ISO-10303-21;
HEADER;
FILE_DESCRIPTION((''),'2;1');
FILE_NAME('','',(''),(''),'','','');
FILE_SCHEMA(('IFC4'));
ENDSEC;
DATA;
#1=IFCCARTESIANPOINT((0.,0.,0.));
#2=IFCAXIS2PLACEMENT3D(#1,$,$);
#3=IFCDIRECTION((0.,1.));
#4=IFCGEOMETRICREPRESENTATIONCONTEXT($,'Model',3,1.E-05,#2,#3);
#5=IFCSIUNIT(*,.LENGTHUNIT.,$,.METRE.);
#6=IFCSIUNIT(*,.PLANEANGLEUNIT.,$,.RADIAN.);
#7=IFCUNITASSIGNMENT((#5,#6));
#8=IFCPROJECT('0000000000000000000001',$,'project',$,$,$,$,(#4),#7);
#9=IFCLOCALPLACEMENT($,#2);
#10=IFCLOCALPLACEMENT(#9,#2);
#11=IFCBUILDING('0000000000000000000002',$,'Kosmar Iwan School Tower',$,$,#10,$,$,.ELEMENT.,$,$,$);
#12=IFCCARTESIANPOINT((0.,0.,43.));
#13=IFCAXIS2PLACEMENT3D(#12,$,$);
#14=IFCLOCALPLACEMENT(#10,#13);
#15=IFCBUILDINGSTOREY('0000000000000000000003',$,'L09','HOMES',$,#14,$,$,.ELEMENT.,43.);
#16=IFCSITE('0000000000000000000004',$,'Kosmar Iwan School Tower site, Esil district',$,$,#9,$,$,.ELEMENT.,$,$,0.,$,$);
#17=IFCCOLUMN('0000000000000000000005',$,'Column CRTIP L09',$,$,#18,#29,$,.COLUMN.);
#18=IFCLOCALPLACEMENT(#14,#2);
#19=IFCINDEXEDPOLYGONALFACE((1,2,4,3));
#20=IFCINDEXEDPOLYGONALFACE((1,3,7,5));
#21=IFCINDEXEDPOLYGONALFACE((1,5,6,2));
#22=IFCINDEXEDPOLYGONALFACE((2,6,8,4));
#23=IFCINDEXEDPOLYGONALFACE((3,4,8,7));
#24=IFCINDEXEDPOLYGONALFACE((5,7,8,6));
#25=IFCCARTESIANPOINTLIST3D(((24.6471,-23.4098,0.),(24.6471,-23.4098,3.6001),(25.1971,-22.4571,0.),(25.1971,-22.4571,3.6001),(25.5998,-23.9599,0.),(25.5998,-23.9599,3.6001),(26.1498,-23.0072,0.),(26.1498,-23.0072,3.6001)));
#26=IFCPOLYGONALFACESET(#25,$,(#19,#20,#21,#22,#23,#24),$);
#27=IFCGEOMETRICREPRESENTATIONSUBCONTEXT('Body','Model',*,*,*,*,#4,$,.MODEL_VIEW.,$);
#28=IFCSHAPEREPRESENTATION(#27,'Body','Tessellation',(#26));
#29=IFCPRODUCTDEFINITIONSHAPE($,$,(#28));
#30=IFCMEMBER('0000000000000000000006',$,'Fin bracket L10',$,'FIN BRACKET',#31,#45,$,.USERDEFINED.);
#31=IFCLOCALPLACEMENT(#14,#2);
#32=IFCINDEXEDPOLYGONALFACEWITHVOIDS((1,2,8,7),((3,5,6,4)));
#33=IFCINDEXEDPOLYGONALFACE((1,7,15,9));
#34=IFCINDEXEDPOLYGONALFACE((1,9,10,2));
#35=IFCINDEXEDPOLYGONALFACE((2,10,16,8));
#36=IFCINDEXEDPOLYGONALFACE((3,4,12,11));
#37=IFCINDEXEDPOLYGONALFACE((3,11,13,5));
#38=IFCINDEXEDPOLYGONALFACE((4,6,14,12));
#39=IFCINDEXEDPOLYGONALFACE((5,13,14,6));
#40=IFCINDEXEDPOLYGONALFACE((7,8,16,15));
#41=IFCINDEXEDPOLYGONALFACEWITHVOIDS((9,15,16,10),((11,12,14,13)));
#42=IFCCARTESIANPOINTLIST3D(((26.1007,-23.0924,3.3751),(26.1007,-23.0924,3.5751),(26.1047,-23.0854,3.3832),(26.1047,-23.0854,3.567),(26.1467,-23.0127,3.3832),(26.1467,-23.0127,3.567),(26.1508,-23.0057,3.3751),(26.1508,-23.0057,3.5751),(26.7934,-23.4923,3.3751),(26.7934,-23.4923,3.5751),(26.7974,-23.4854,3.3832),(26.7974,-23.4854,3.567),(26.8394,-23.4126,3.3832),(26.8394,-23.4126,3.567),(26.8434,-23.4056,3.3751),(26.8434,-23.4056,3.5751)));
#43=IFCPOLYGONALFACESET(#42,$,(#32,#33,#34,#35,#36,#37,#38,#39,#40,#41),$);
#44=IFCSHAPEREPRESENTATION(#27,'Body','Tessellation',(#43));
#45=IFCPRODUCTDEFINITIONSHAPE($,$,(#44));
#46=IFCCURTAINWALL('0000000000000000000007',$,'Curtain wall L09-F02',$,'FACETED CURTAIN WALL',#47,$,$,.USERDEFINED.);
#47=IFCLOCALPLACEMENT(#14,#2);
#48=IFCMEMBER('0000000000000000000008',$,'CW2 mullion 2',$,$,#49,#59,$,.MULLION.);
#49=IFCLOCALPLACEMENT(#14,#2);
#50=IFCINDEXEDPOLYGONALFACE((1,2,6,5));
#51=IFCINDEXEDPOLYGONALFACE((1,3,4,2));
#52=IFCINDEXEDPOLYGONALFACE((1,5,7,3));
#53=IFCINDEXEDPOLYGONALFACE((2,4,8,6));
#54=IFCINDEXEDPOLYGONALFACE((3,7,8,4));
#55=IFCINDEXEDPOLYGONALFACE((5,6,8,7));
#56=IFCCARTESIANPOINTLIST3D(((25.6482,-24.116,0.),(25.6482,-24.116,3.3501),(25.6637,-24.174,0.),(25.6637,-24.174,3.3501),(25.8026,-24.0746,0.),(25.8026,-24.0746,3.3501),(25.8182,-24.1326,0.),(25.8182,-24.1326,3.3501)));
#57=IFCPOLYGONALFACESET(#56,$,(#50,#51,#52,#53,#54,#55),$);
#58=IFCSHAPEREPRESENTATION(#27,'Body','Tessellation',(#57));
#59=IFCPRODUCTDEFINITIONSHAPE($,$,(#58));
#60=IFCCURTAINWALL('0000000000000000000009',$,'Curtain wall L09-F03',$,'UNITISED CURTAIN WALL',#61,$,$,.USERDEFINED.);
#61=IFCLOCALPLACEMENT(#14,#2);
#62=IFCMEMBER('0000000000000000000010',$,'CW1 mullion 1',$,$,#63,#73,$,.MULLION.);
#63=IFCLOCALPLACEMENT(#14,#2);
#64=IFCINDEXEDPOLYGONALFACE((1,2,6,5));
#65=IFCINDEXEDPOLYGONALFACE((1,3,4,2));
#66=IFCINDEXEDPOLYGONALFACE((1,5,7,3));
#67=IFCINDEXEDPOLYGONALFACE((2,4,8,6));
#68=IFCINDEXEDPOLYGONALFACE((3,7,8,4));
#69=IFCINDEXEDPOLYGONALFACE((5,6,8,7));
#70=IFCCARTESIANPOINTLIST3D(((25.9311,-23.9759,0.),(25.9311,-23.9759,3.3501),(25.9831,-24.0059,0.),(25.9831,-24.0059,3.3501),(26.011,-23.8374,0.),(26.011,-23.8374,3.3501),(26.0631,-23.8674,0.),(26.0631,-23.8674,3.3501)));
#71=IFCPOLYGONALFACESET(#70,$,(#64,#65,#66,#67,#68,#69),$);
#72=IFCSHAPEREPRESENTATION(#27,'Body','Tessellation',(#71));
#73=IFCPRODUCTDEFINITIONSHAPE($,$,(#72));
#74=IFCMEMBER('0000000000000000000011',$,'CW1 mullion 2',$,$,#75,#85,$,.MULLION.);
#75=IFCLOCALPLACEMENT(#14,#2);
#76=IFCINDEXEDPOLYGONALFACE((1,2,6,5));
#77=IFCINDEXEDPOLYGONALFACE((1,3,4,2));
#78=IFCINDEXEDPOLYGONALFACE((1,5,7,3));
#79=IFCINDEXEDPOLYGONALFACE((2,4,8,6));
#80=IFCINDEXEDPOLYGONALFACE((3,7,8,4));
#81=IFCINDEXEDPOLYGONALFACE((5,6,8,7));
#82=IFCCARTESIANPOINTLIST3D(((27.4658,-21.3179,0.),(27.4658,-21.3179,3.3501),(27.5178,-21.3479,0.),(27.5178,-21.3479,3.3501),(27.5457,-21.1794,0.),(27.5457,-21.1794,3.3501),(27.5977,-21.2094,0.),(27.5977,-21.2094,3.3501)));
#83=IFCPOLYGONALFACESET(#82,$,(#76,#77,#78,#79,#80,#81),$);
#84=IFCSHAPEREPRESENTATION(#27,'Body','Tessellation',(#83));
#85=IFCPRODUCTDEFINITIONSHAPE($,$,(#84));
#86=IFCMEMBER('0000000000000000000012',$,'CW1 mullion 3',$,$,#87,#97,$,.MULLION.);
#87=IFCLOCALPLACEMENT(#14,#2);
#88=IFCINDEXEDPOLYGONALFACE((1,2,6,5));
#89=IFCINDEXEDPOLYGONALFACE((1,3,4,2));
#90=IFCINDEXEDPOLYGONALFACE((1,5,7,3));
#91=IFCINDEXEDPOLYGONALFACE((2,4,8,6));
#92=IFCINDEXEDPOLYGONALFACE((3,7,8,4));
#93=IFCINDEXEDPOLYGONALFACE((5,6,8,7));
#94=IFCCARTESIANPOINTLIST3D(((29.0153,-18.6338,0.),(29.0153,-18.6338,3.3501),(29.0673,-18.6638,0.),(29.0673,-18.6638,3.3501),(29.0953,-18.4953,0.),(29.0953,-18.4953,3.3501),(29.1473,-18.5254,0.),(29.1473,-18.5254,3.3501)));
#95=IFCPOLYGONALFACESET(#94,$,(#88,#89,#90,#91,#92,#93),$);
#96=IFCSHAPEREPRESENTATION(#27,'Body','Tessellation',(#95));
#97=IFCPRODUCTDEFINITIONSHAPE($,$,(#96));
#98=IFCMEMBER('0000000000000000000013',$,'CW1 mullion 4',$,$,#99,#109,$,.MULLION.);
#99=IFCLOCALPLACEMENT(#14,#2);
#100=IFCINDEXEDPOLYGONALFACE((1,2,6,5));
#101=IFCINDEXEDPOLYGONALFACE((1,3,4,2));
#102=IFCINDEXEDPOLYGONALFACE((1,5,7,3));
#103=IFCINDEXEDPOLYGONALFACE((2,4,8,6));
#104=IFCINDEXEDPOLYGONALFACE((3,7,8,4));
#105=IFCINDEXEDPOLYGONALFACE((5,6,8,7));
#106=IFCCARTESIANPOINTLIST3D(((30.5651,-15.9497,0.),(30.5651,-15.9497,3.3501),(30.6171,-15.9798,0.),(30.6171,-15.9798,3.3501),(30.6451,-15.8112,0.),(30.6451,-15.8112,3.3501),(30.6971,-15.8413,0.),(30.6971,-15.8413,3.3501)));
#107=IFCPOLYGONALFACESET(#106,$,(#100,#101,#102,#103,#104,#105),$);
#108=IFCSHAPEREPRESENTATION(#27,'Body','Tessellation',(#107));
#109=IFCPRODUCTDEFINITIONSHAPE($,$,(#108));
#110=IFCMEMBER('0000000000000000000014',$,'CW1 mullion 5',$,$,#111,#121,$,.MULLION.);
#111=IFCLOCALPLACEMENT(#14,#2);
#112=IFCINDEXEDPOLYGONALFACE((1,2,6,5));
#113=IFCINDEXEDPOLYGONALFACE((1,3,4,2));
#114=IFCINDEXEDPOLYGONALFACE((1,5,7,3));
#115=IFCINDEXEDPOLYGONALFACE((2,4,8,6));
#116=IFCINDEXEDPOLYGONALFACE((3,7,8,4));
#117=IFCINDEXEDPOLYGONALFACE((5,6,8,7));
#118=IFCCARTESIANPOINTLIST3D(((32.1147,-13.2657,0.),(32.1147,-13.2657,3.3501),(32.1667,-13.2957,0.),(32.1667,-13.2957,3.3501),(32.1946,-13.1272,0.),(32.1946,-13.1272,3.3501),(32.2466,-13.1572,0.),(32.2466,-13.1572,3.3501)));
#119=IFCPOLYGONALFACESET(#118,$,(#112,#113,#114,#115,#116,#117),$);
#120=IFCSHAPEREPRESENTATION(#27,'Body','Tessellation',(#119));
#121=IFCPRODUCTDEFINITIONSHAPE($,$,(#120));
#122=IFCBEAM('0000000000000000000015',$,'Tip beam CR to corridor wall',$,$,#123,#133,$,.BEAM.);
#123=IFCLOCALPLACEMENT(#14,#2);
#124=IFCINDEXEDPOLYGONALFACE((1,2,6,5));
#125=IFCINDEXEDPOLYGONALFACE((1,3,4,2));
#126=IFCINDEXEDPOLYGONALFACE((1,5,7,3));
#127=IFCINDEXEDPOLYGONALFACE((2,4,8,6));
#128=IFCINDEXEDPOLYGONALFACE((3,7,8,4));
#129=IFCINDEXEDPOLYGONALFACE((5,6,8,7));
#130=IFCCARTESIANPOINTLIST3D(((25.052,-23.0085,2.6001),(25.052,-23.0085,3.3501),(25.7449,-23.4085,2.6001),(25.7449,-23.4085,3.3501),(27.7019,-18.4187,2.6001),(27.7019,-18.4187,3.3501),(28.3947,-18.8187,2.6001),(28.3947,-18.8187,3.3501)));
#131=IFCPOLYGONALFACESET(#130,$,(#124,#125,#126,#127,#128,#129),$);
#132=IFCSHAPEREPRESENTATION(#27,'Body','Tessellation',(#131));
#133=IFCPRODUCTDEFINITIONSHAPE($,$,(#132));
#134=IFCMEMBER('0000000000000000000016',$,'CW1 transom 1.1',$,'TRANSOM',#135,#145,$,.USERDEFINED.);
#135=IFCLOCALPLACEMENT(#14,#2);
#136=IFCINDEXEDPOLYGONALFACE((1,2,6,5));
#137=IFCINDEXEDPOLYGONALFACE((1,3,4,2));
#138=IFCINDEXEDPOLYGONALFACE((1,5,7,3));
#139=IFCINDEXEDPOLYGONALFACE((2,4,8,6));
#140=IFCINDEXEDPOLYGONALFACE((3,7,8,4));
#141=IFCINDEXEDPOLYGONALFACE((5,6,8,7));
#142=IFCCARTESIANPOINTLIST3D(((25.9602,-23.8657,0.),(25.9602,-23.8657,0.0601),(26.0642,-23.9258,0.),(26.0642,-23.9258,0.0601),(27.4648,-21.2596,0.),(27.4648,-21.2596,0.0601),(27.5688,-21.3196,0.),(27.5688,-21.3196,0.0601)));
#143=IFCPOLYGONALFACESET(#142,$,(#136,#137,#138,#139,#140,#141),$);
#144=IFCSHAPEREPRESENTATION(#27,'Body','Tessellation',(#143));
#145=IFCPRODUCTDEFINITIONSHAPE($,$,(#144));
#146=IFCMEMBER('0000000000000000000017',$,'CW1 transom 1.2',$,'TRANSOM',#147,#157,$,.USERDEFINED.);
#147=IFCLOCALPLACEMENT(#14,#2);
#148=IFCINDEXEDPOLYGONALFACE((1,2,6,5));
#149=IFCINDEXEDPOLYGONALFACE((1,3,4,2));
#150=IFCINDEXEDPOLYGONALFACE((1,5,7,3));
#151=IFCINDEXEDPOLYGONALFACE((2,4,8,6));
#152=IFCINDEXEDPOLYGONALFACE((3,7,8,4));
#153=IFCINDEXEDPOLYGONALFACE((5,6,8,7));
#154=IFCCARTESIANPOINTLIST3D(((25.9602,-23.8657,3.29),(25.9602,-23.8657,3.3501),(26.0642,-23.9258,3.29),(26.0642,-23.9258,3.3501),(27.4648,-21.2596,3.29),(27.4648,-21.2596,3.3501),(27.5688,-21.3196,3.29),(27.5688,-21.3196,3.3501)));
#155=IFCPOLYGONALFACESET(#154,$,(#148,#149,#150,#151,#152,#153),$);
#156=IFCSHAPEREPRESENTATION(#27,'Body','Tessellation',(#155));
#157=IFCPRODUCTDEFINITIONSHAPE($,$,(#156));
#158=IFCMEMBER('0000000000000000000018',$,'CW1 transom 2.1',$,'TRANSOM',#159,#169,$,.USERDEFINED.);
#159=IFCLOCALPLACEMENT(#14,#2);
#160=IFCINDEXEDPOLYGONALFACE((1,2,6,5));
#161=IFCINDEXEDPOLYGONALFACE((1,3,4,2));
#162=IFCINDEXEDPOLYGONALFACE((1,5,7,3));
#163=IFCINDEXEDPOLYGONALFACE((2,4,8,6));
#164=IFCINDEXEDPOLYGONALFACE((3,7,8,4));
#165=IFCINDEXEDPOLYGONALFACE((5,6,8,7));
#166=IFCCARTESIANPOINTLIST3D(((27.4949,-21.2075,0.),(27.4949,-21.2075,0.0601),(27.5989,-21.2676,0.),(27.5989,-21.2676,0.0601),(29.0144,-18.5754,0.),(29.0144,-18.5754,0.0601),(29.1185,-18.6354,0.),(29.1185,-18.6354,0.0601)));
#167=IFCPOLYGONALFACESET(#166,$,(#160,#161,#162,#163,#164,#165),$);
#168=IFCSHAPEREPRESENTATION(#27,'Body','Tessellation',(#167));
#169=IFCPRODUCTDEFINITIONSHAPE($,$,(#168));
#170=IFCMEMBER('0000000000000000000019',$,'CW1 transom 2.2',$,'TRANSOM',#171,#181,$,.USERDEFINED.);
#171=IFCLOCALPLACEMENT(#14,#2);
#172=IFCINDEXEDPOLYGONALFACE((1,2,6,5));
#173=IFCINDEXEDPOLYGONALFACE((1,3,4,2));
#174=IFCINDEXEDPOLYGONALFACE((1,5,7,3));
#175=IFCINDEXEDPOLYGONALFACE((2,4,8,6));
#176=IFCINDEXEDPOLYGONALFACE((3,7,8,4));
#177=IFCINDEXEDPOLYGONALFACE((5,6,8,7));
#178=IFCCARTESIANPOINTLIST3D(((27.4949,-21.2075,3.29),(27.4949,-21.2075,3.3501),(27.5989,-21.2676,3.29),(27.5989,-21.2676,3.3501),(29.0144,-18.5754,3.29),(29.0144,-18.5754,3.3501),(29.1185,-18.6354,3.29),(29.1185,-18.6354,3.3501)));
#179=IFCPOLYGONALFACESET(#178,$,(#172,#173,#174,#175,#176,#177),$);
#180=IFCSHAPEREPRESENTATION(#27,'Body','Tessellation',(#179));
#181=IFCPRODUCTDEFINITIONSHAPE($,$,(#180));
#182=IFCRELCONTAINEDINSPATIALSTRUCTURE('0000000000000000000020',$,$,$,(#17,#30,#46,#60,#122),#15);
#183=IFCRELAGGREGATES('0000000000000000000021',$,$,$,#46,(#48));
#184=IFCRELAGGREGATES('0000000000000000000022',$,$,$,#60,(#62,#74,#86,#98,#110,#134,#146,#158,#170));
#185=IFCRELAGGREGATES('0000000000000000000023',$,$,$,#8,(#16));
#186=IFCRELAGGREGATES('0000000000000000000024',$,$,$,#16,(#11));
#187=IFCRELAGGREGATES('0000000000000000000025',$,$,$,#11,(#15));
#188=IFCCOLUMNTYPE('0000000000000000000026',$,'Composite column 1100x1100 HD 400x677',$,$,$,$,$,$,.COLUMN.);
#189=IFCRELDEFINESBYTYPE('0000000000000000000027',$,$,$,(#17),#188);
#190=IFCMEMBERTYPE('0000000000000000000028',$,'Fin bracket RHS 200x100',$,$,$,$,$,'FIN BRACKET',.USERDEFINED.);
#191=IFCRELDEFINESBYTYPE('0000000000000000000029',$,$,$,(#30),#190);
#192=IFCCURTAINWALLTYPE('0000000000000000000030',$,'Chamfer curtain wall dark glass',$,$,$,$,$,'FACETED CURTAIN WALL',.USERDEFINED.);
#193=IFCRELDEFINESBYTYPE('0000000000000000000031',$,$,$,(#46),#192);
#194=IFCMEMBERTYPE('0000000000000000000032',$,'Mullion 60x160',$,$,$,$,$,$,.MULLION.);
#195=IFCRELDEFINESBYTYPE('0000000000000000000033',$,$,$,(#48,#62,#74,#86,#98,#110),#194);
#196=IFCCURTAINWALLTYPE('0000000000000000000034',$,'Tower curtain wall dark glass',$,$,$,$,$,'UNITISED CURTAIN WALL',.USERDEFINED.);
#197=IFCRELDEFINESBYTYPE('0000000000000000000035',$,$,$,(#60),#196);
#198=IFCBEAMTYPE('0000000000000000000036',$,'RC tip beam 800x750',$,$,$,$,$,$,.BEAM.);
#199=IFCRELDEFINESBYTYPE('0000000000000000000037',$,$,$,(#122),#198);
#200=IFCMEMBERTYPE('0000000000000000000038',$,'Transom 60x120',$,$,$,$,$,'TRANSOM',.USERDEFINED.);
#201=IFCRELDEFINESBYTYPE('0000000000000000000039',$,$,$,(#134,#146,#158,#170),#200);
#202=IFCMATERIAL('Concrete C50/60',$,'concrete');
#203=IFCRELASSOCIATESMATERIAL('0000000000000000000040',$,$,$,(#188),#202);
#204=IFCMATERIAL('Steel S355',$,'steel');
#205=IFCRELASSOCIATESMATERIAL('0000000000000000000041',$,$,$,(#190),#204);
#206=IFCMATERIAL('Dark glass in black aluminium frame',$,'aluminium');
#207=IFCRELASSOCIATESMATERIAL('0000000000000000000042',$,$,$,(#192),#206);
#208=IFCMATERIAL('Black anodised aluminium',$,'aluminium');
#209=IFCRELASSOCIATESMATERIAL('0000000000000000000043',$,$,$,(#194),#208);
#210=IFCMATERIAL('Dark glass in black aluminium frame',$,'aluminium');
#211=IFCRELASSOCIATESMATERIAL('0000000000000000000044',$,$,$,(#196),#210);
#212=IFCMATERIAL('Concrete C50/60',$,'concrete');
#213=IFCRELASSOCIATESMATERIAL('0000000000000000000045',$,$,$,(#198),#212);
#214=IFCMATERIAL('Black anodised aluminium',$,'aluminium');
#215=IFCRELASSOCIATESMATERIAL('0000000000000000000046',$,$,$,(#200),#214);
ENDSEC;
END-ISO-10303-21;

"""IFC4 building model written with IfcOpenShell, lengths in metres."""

from ifc_helpers import new_model, si_unit, direction, frame, origin, origin_2d, place, context, subcontext, project, spatial, rectangle, hollow_rectangle, extrude, material, material_profile, profile_set, type_object, element, aggregate, save


model = new_model("IFC4")

# Units and contexts
model_context = context("Model", 3, precision=1e-05, world=origin(), true_north=direction((0.0, 1.0)))
body_context = subcontext(model_context, "Body", "Model", "MODEL_VIEW")
ifc_project = project(units=[si_unit("LENGTHUNIT", "METRE"), si_unit("PLANEANGLEUNIT", "RADIAN")], contexts=[model_context])

# Site, building, storey
site_placement = place(None, origin())
site = spatial("IfcSite", under=ifc_project, at=site_placement, Name="Kosmar Iwan School Tower site, Esil district", CompositionType="ELEMENT", RefElevation=0.0)
building_placement = place(site_placement, origin())
building = spatial("IfcBuilding", under=site, at=building_placement, Name="Kosmar Iwan School Tower", CompositionType="ELEMENT")
storey_placement = place(building_placement, frame((0.0, 0.0, 43.0)))
storey = spatial("IfcBuildingStorey", under=building, at=storey_placement, Name="L09", Description="HOMES", CompositionType="ELEMENT", Elevation=43.0)

# Column
ifc_material_1 = material(Name="Concrete C50/60", Category="concrete")
ifc_material_profile_1 = material_profile(ifc_material_1, rectangle(XDim=1.1001, YDim=1.1001, at=origin_2d()), Name="RC 1100x1100 + HD 400x677")
ifc_profile_set_1 = profile_set([ifc_material_profile_1], Name="Concrete C50/60")
column_type = type_object("IfcColumnType", Name="Composite column 1100x1100 HD 400x677", PredefinedType="COLUMN", material=ifc_profile_set_1)
column_placement = place(storey_placement, frame((25.3984, -23.2085, 0.0), z_axis=(0.0, 0.0, 1.0), x_axis=(0.866025, -0.5, 0.0)))
element("IfcColumn", 1, at=column_placement, inside=storey, type_object=column_type, Name="Column CRTIP L09", PredefinedType="COLUMN", context=body_context, shape_type="SweptSolid", body=[
    extrude(rectangle(XDim=1.1001, YDim=1.1001, at=origin_2d()), origin(), (0.0, 0.0, 1.0), 3.6001),
])

# Member
ifc_material_2 = material(Name="Steel S355", Category="steel")
ifc_material_profile_2 = material_profile(ifc_material_2, hollow_rectangle(XDim=0.1001, YDim=0.2, WallThickness=0.0081, at=origin_2d()), Name="RHS 200x100x8")
ifc_profile_set_2 = profile_set([ifc_material_profile_2], Name="Steel S355")
member_type_1 = type_object("IfcMemberType", Name="Fin bracket RHS 200x100", ElementType="FIN BRACKET", PredefinedType="USERDEFINED", material=ifc_profile_set_2)
member_1_placement = place(storey_placement, frame((26.1257, -23.0491, 3.4751), z_axis=(0.866018, -0.500013, 0.0), x_axis=(0.500013, 0.866018, 0.0)))
element("IfcMember", 2, at=member_1_placement, inside=storey, type_object=member_type_1, Name="Fin bracket L10", ObjectType="FIN BRACKET", PredefinedType="USERDEFINED", context=body_context, shape_type="SweptSolid", body=[
    extrude(hollow_rectangle(XDim=0.1001, YDim=0.2, WallThickness=0.0081, at=origin_2d()), origin(), (0.0, 0.0, 1.0), 0.7998),
])

# Curtain wall, member
ifc_material_3 = material(Name="Dark glass in black aluminium frame", Category="aluminium")
curtain_wall_type_1 = type_object("IfcCurtainWallType", Name="Chamfer curtain wall dark glass", ElementType="FACETED CURTAIN WALL", PredefinedType="USERDEFINED", material=ifc_material_3)
curtain_wall_1_placement = place(storey_placement, origin())
curtain_wall_1 = element("IfcCurtainWall", 3, at=curtain_wall_1_placement, inside=storey, type_object=curtain_wall_type_1, Name="Curtain wall L09-F02", ObjectType="FACETED CURTAIN WALL", PredefinedType="USERDEFINED")
ifc_material_4 = material(Name="Black anodised aluminium", Category="aluminium")
ifc_material_profile_3 = material_profile(ifc_material_4, rectangle(XDim=0.0601, YDim=0.1599, at=origin_2d()), Name="MULLION 60x160")
ifc_profile_set_3 = profile_set([ifc_material_profile_3], Name="Black anodised aluminium")
member_type_2 = type_object("IfcMemberType", Name="Mullion 60x160", PredefinedType="MULLION", material=ifc_profile_set_3)
member_2_placement = place(storey_placement, frame((25.7332, -24.1243, 0.0), z_axis=(0.0, 0.0, 1.0), x_axis=(-0.258819, 0.965926, 0.0)))
member_2 = element("IfcMember", 4, at=member_2_placement, type_object=member_type_2, Name="CW2 mullion 2", PredefinedType="MULLION", context=body_context, shape_type="SweptSolid", body=[
    extrude(rectangle(XDim=0.0601, YDim=0.1599, at=origin_2d()), origin(), (0.0, 0.0, 1.0), 3.3501),
])

# Curtain wall, members
ifc_material_5 = material(Name="Dark glass in black aluminium frame", Category="aluminium")
curtain_wall_type_2 = type_object("IfcCurtainWallType", Name="Tower curtain wall dark glass", ElementType="UNITISED CURTAIN WALL", PredefinedType="USERDEFINED", material=ifc_material_5)
curtain_wall_2_placement = place(storey_placement, origin())
curtain_wall_2 = element("IfcCurtainWall", 5, at=curtain_wall_2_placement, inside=storey, type_object=curtain_wall_type_2, Name="Curtain wall L09-F03", ObjectType="UNITISED CURTAIN WALL", PredefinedType="USERDEFINED")
member_3_placement = place(storey_placement, frame((25.9971, -23.9216, 0.0), z_axis=(0.0, 0.0, 1.0), x_axis=(-0.866025, 0.5, 0.0)))
member_3 = element("IfcMember", 6, at=member_3_placement, type_object=member_type_2, Name="CW1 mullion 1", PredefinedType="MULLION", context=body_context, shape_type="SweptSolid", body=[
    extrude(rectangle(XDim=0.0601, YDim=0.1599, at=origin_2d()), origin(), (0.0, 0.0, 1.0), 3.3501),
])
member_4_placement = place(storey_placement, frame((27.5317, -21.2637, 0.0), z_axis=(0.0, 0.0, 1.0), x_axis=(-0.866025, 0.5, 0.0)))
member_4 = element("IfcMember", 7, at=member_4_placement, type_object=member_type_2, Name="CW1 mullion 2", PredefinedType="MULLION", context=body_context, shape_type="SweptSolid", body=[
    extrude(rectangle(XDim=0.0601, YDim=0.1599, at=origin_2d()), origin(), (0.0, 0.0, 1.0), 3.3501),
])
member_5_placement = place(storey_placement, frame((29.0813, -18.5796, 0.0), z_axis=(0.0, 0.0, 1.0), x_axis=(-0.866025, 0.5, 0.0)))
member_5 = element("IfcMember", 8, at=member_5_placement, type_object=member_type_2, Name="CW1 mullion 3", PredefinedType="MULLION", context=body_context, shape_type="SweptSolid", body=[
    extrude(rectangle(XDim=0.0601, YDim=0.1599, at=origin_2d()), origin(), (0.0, 0.0, 1.0), 3.3501),
])
member_6_placement = place(storey_placement, frame((30.6311, -15.8955, 0.0), z_axis=(0.0, 0.0, 1.0), x_axis=(-0.866025, 0.5, 0.0)))
member_6 = element("IfcMember", 9, at=member_6_placement, type_object=member_type_2, Name="CW1 mullion 4", PredefinedType="MULLION", context=body_context, shape_type="SweptSolid", body=[
    extrude(rectangle(XDim=0.0601, YDim=0.1599, at=origin_2d()), origin(), (0.0, 0.0, 1.0), 3.3501),
])
member_7_placement = place(storey_placement, frame((32.1807, -13.2114, 0.0), z_axis=(0.0, 0.0, 1.0), x_axis=(-0.866025, 0.5, 0.0)))
member_7 = element("IfcMember", 10, at=member_7_placement, type_object=member_type_2, Name="CW1 mullion 5", PredefinedType="MULLION", context=body_context, shape_type="SweptSolid", body=[
    extrude(rectangle(XDim=0.0601, YDim=0.1599, at=origin_2d()), origin(), (0.0, 0.0, 1.0), 3.3501),
])

# Beam
ifc_material_6 = material(Name="Concrete C50/60", Category="concrete")
ifc_material_profile_4 = material_profile(ifc_material_6, rectangle(XDim=0.8, YDim=0.75, at=origin_2d()), Name="RC 800x750")
ifc_profile_set_4 = profile_set([ifc_material_profile_4], Name="Concrete C50/60")
beam_type = type_object("IfcBeamType", Name="RC tip beam 800x750", PredefinedType="BEAM", material=ifc_profile_set_4)
beam_placement = place(storey_placement, frame((25.3984, -23.2085, 2.9751), z_axis=(0.499994, 0.866029, 0.0), x_axis=(-0.866029, 0.499994, 0.0)))
element("IfcBeam", 11, at=beam_placement, inside=storey, type_object=beam_type, Name="Tip beam CR to corridor wall", PredefinedType="BEAM", context=body_context, shape_type="SweptSolid", body=[
    extrude(rectangle(XDim=0.8, YDim=0.75, at=origin_2d()), origin(), (0.0, 0.0, 1.0), 5.2998),
])

# Members
ifc_material_7 = material(Name="Black anodised aluminium", Category="aluminium")
ifc_material_profile_5 = material_profile(ifc_material_7, rectangle(XDim=0.1201, YDim=0.0601, at=origin_2d()), Name="TRANSOM 60x120")
ifc_profile_set_5 = profile_set([ifc_material_profile_5], Name="Black anodised aluminium")
member_type_3 = type_object("IfcMemberType", Name="Transom 60x120", ElementType="TRANSOM", PredefinedType="USERDEFINED", material=ifc_profile_set_5)
member_8_placement = place(storey_placement, frame((26.0122, -23.8958, 0.03), z_axis=(0.499987, 0.866033, 0.0), x_axis=(-0.866033, 0.499987, 0.0)))
member_8 = element("IfcMember", 12, at=member_8_placement, type_object=member_type_3, Name="CW1 transom 1.1", ObjectType="TRANSOM", PredefinedType="USERDEFINED", context=body_context, shape_type="SweptSolid", body=[
    extrude(rectangle(XDim=0.1201, YDim=0.0601, at=origin_2d()), origin(), (0.0, 0.0, 1.0), 3.0093),
])
member_9_placement = place(storey_placement, frame((26.0122, -23.8958, 3.3201), z_axis=(0.499987, 0.866033, 0.0), x_axis=(-0.866033, 0.499987, 0.0)))
member_9 = element("IfcMember", 13, at=member_9_placement, type_object=member_type_3, Name="CW1 transom 1.2", ObjectType="TRANSOM", PredefinedType="USERDEFINED", context=body_context, shape_type="SweptSolid", body=[
    extrude(rectangle(XDim=0.1201, YDim=0.0601, at=origin_2d()), origin(), (0.0, 0.0, 1.0), 3.0093),
])
member_10_placement = place(storey_placement, frame((27.5469, -21.2375, 0.03), z_axis=(0.499975, 0.86604, 0.0), x_axis=(-0.86604, 0.499975, 0.0)))
member_10 = element("IfcMember", 14, at=member_10_placement, type_object=member_type_3, Name="CW1 transom 2.1", ObjectType="TRANSOM", PredefinedType="USERDEFINED", context=body_context, shape_type="SweptSolid", body=[
    extrude(rectangle(XDim=0.1201, YDim=0.0601, at=origin_2d()), origin(), (0.0, 0.0, 1.0), 3.0393),
])
member_11_placement = place(storey_placement, frame((27.5469, -21.2375, 3.3201), z_axis=(0.499975, 0.86604, 0.0), x_axis=(-0.86604, 0.499975, 0.0)))
member_11 = element("IfcMember", 15, at=member_11_placement, type_object=member_type_3, Name="CW1 transom 2.2", ObjectType="TRANSOM", PredefinedType="USERDEFINED", context=body_context, shape_type="SweptSolid", body=[
    extrude(rectangle(XDim=0.1201, YDim=0.0601, at=origin_2d()), origin(), (0.0, 0.0, 1.0), 3.0393),
])

aggregate(curtain_wall_1, [member_2])
aggregate(curtain_wall_2, [member_3, member_4, member_5, member_6, member_7, member_8, member_9, member_10, member_11])

save(model, "model.ifc")
